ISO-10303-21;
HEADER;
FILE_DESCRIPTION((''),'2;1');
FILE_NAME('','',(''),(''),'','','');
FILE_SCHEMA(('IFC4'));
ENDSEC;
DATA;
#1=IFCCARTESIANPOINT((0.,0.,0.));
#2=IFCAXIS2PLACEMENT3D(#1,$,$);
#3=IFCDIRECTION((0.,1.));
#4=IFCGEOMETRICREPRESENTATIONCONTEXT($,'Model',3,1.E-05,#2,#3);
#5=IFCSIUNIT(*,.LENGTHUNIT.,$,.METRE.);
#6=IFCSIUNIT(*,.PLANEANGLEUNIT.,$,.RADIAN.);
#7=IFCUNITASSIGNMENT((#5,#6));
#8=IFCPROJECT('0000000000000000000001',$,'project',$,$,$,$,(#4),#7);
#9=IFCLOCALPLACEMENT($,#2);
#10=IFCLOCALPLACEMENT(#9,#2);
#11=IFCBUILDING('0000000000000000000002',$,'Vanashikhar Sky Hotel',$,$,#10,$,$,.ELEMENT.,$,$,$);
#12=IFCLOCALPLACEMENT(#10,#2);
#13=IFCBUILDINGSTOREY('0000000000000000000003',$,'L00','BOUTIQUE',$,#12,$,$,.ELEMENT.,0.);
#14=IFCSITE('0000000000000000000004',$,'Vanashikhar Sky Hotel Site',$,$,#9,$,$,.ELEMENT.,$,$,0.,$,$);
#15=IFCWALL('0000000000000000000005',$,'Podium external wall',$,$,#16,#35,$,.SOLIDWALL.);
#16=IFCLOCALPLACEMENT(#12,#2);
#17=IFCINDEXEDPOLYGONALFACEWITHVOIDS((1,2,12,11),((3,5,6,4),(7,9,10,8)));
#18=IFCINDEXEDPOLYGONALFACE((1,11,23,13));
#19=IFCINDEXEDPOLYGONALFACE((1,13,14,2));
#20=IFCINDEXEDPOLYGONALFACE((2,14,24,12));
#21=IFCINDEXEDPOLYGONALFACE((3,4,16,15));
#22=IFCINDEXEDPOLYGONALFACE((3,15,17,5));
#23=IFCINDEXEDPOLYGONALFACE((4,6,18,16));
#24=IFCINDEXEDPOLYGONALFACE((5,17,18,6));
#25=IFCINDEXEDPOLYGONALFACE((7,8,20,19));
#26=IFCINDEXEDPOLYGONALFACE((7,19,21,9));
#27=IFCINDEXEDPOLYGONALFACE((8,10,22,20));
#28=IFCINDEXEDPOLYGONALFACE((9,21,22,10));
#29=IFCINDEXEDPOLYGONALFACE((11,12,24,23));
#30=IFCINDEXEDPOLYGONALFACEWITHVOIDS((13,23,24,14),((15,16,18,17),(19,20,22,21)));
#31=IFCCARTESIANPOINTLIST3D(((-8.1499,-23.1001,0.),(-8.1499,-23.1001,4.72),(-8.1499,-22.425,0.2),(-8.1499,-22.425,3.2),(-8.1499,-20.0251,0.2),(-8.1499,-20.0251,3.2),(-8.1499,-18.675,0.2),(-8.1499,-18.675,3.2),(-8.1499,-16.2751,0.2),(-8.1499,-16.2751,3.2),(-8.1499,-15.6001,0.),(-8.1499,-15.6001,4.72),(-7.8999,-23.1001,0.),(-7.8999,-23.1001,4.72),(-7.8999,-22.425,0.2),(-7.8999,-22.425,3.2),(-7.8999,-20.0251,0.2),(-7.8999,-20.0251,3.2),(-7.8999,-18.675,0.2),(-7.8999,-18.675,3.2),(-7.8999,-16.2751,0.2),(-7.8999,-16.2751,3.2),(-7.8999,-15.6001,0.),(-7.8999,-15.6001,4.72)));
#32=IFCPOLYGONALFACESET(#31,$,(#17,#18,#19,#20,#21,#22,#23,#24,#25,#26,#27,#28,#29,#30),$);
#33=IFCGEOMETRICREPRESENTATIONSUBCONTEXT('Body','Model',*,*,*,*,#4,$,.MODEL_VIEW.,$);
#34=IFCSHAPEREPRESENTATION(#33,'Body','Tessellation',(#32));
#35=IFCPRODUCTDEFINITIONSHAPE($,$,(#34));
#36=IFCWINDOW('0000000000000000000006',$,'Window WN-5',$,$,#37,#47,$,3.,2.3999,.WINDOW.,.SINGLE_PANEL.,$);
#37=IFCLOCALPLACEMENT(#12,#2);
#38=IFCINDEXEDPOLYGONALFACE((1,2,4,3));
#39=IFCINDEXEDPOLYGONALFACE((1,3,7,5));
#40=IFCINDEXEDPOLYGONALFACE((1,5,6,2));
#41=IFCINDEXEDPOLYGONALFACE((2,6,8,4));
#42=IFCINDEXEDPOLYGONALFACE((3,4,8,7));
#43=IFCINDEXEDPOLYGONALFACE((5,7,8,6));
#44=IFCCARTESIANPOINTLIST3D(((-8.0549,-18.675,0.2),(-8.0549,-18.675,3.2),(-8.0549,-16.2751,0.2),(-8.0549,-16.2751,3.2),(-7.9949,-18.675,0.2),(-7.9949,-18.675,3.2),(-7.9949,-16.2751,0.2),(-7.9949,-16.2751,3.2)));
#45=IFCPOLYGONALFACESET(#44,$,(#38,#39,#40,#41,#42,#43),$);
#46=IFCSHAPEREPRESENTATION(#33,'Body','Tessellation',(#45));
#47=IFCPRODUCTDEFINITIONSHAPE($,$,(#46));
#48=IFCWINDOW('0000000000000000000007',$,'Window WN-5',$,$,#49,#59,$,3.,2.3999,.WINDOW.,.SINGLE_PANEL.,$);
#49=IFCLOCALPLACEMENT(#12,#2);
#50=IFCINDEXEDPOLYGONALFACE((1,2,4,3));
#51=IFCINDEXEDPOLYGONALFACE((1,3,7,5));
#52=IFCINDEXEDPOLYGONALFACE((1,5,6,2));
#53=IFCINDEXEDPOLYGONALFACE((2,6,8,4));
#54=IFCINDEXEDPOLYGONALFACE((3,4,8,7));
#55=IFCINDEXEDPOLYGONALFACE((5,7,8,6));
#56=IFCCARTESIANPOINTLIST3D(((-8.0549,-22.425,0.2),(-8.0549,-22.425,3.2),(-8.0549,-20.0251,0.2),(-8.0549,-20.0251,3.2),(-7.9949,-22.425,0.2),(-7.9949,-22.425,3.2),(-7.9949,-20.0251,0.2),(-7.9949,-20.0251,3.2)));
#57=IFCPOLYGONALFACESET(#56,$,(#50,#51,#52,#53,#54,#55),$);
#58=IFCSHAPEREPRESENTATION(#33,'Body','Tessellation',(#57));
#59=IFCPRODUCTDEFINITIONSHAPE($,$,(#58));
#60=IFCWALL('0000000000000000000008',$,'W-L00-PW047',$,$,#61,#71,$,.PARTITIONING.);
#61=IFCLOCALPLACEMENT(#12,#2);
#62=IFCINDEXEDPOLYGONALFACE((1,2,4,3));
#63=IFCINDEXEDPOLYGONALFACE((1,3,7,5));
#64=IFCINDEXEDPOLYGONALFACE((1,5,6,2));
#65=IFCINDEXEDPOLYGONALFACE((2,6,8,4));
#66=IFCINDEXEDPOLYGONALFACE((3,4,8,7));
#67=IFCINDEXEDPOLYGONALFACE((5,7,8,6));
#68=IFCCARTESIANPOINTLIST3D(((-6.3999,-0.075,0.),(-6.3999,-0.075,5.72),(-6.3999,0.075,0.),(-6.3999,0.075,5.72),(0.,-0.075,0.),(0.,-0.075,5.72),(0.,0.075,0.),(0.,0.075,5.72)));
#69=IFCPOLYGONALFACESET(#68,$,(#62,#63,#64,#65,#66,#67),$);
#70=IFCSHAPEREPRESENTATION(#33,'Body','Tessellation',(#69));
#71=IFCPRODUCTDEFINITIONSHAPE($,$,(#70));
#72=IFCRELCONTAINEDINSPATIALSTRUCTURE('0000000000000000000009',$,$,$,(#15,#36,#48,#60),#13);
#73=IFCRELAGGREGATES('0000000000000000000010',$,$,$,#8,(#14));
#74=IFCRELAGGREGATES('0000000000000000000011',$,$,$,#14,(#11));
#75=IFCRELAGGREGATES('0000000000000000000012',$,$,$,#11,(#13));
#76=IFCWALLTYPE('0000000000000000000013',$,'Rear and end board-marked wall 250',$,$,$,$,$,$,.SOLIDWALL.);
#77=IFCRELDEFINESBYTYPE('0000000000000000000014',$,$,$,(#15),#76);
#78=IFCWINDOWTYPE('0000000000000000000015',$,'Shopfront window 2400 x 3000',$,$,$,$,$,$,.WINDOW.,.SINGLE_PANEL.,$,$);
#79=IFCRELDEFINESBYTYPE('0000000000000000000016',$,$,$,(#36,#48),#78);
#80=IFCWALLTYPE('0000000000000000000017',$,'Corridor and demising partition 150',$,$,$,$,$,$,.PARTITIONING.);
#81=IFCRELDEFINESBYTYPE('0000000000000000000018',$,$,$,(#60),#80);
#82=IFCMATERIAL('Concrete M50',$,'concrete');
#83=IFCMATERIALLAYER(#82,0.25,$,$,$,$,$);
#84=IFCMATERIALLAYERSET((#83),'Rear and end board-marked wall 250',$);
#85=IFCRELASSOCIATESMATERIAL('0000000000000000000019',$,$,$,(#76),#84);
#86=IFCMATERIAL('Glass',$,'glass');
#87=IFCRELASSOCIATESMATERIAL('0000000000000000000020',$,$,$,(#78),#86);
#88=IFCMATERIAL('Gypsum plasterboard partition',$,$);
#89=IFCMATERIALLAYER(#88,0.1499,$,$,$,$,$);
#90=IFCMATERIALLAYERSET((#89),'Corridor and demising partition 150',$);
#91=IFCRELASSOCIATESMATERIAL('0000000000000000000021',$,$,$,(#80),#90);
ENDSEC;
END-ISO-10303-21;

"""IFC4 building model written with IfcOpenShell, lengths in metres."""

from ifc_helpers import new_model, si_unit, direction, frame, frame_2d, origin, place, context, subcontext, project, spatial, rectangle, extrude, source, transform, mapped, material, layer, layer_set, type_object, element, fill, save


model = new_model("IFC4")

# Units and contexts
model_context = context("Model", 3, precision=1e-05, world=origin(), true_north=direction((0.0, 1.0)))
body_context = subcontext(model_context, "Body", "Model", "MODEL_VIEW")
ifc_project = project(units=[si_unit("LENGTHUNIT", "METRE"), si_unit("PLANEANGLEUNIT", "RADIAN")], contexts=[model_context])

# Site, building, storey
site_placement = place(None, origin())
site = spatial("IfcSite", under=ifc_project, at=site_placement, Name="Vanashikhar Sky Hotel Site", CompositionType="ELEMENT", RefElevation=0.0)
building_placement = place(site_placement, origin())
building = spatial("IfcBuilding", under=site, at=building_placement, Name="Vanashikhar Sky Hotel", CompositionType="ELEMENT")
storey_placement = place(building_placement, origin())
storey = spatial("IfcBuildingStorey", under=building, at=storey_placement, Name="L00", Description="BOUTIQUE", CompositionType="ELEMENT", Elevation=0.0)

# Wall, openings, windows
ifc_material_1 = material(Name="Concrete M50", Category="concrete")
ifc_layer_1 = layer(ifc_material_1, 0.25)
ifc_layer_set_1 = layer_set([ifc_layer_1], Name="Rear and end board-marked wall 250")
wall_type_1 = type_object("IfcWallType", Name="Rear and end board-marked wall 250", PredefinedType="SOLIDWALL", material=ifc_layer_set_1)
shared_shape_1 = source(origin(), body_context, "Body", "SweptSolid", [
    extrude(rectangle(XDim=7.5, YDim=0.25, at=frame_2d((3.75, 0.0))), origin(), (0.0, 0.0, 1.0), 4.72),
])
shared_shape_2 = source(origin(), body_context, "Body", "SweptSolid", [
    extrude(rectangle(XDim=2.3999, YDim=3.0, at=frame_2d((1.2, 1.5))), frame((0.0, 0.135, 0.0), z_axis=(0.0, -1.0, 0.0), x_axis=(1.0, 0.0, 0.0)), (0.0, 0.0, 1.0), 0.27),
])
ifc_material_2 = material(Name="Glass", Category="glass")
window_type = type_object("IfcWindowType", Name="Shopfront window 2400 x 3000", PartitioningType="SINGLE_PANEL", PredefinedType="WINDOW", material=ifc_material_2)
shared_shape_3 = source(origin(), body_context, "Body", "SweptSolid", [
    extrude(rectangle(XDim=2.3999, YDim=3.0, at=frame_2d((1.2, 1.5))), frame((0.0, 0.03, 0.0), z_axis=(0.0, -1.0, 0.0), x_axis=(1.0, 0.0, 0.0)), (0.0, 0.0, 1.0), 0.0601),
])
wall_1_placement = place(storey_placement, frame((-8.0249, -15.6001, 0.0), z_axis=(0.0, 0.0, 1.0), x_axis=(0.0, -1.0, 0.0)))
wall_1 = element("IfcWall", 1, at=wall_1_placement, inside=storey, type_object=wall_type_1, Name="Podium external wall", PredefinedType="SOLIDWALL", context=body_context, shape_type="MappedRepresentation", body=[
    mapped(shared_shape_1, transform((0.0, 0.0, 0.0), scale=1.0)),
])
opening_1_placement = place(wall_1_placement, frame((0.675, 0.0, 0.2)))
opening_1 = element("IfcOpeningElement", 2, at=opening_1_placement, cuts=wall_1, PredefinedType="OPENING", context=body_context, shape_type="MappedRepresentation", body=[
    mapped(shared_shape_2, transform((0.0, 0.0, 0.0), scale=1.0)),
])
opening_2_placement = place(wall_1_placement, frame((4.425, 0.0, 0.2)))
opening_2 = element("IfcOpeningElement", 3, at=opening_2_placement, cuts=wall_1, PredefinedType="OPENING", context=body_context, shape_type="MappedRepresentation", body=[
    mapped(shared_shape_2, transform((0.0, 0.0, 0.0), scale=1.0)),
])
window_1_placement = place(opening_1_placement, origin())
window_1 = element("IfcWindow", 4, at=window_1_placement, inside=storey, type_object=window_type, Name="Window WN-5", OverallHeight=3.0, OverallWidth=2.3999, PartitioningType="SINGLE_PANEL", PredefinedType="WINDOW", context=body_context, shape_type="MappedRepresentation", body=[
    mapped(shared_shape_3, transform((0.0, 0.0, 0.0), scale=1.0)),
])
fill(opening_1, window_1)
window_2_placement = place(opening_2_placement, origin())
window_2 = element("IfcWindow", 5, at=window_2_placement, inside=storey, type_object=window_type, Name="Window WN-5", OverallHeight=3.0, OverallWidth=2.3999, PartitioningType="SINGLE_PANEL", PredefinedType="WINDOW", context=body_context, shape_type="MappedRepresentation", body=[
    mapped(shared_shape_3, transform((0.0, 0.0, 0.0), scale=1.0)),
])
fill(opening_2, window_2)

# Wall
ifc_material_3 = material(Name="Gypsum plasterboard partition")
ifc_layer_2 = layer(ifc_material_3, 0.1499)
ifc_layer_set_2 = layer_set([ifc_layer_2], Name="Corridor and demising partition 150")
wall_type_2 = type_object("IfcWallType", Name="Corridor and demising partition 150", PredefinedType="PARTITIONING", material=ifc_layer_set_2)
shared_shape_4 = source(origin(), body_context, "Body", "SweptSolid", [
    extrude(rectangle(XDim=6.3999, YDim=0.1499, at=frame_2d((3.2, 0.0))), origin(), (0.0, 0.0, 1.0), 5.72),
])
wall_2_placement = place(storey_placement, frame((-6.3999, 0.0, 0.0), z_axis=(0.0, 0.0, 1.0), x_axis=(1.0, 0.0, 0.0)))
element("IfcWall", 6, at=wall_2_placement, inside=storey, type_object=wall_type_2, Name="W-L00-PW047", PredefinedType="PARTITIONING", context=body_context, shape_type="MappedRepresentation", body=[
    mapped(shared_shape_4, transform((0.0, 0.0, 0.0), scale=1.0)),
])

save(model, "model.ifc")
